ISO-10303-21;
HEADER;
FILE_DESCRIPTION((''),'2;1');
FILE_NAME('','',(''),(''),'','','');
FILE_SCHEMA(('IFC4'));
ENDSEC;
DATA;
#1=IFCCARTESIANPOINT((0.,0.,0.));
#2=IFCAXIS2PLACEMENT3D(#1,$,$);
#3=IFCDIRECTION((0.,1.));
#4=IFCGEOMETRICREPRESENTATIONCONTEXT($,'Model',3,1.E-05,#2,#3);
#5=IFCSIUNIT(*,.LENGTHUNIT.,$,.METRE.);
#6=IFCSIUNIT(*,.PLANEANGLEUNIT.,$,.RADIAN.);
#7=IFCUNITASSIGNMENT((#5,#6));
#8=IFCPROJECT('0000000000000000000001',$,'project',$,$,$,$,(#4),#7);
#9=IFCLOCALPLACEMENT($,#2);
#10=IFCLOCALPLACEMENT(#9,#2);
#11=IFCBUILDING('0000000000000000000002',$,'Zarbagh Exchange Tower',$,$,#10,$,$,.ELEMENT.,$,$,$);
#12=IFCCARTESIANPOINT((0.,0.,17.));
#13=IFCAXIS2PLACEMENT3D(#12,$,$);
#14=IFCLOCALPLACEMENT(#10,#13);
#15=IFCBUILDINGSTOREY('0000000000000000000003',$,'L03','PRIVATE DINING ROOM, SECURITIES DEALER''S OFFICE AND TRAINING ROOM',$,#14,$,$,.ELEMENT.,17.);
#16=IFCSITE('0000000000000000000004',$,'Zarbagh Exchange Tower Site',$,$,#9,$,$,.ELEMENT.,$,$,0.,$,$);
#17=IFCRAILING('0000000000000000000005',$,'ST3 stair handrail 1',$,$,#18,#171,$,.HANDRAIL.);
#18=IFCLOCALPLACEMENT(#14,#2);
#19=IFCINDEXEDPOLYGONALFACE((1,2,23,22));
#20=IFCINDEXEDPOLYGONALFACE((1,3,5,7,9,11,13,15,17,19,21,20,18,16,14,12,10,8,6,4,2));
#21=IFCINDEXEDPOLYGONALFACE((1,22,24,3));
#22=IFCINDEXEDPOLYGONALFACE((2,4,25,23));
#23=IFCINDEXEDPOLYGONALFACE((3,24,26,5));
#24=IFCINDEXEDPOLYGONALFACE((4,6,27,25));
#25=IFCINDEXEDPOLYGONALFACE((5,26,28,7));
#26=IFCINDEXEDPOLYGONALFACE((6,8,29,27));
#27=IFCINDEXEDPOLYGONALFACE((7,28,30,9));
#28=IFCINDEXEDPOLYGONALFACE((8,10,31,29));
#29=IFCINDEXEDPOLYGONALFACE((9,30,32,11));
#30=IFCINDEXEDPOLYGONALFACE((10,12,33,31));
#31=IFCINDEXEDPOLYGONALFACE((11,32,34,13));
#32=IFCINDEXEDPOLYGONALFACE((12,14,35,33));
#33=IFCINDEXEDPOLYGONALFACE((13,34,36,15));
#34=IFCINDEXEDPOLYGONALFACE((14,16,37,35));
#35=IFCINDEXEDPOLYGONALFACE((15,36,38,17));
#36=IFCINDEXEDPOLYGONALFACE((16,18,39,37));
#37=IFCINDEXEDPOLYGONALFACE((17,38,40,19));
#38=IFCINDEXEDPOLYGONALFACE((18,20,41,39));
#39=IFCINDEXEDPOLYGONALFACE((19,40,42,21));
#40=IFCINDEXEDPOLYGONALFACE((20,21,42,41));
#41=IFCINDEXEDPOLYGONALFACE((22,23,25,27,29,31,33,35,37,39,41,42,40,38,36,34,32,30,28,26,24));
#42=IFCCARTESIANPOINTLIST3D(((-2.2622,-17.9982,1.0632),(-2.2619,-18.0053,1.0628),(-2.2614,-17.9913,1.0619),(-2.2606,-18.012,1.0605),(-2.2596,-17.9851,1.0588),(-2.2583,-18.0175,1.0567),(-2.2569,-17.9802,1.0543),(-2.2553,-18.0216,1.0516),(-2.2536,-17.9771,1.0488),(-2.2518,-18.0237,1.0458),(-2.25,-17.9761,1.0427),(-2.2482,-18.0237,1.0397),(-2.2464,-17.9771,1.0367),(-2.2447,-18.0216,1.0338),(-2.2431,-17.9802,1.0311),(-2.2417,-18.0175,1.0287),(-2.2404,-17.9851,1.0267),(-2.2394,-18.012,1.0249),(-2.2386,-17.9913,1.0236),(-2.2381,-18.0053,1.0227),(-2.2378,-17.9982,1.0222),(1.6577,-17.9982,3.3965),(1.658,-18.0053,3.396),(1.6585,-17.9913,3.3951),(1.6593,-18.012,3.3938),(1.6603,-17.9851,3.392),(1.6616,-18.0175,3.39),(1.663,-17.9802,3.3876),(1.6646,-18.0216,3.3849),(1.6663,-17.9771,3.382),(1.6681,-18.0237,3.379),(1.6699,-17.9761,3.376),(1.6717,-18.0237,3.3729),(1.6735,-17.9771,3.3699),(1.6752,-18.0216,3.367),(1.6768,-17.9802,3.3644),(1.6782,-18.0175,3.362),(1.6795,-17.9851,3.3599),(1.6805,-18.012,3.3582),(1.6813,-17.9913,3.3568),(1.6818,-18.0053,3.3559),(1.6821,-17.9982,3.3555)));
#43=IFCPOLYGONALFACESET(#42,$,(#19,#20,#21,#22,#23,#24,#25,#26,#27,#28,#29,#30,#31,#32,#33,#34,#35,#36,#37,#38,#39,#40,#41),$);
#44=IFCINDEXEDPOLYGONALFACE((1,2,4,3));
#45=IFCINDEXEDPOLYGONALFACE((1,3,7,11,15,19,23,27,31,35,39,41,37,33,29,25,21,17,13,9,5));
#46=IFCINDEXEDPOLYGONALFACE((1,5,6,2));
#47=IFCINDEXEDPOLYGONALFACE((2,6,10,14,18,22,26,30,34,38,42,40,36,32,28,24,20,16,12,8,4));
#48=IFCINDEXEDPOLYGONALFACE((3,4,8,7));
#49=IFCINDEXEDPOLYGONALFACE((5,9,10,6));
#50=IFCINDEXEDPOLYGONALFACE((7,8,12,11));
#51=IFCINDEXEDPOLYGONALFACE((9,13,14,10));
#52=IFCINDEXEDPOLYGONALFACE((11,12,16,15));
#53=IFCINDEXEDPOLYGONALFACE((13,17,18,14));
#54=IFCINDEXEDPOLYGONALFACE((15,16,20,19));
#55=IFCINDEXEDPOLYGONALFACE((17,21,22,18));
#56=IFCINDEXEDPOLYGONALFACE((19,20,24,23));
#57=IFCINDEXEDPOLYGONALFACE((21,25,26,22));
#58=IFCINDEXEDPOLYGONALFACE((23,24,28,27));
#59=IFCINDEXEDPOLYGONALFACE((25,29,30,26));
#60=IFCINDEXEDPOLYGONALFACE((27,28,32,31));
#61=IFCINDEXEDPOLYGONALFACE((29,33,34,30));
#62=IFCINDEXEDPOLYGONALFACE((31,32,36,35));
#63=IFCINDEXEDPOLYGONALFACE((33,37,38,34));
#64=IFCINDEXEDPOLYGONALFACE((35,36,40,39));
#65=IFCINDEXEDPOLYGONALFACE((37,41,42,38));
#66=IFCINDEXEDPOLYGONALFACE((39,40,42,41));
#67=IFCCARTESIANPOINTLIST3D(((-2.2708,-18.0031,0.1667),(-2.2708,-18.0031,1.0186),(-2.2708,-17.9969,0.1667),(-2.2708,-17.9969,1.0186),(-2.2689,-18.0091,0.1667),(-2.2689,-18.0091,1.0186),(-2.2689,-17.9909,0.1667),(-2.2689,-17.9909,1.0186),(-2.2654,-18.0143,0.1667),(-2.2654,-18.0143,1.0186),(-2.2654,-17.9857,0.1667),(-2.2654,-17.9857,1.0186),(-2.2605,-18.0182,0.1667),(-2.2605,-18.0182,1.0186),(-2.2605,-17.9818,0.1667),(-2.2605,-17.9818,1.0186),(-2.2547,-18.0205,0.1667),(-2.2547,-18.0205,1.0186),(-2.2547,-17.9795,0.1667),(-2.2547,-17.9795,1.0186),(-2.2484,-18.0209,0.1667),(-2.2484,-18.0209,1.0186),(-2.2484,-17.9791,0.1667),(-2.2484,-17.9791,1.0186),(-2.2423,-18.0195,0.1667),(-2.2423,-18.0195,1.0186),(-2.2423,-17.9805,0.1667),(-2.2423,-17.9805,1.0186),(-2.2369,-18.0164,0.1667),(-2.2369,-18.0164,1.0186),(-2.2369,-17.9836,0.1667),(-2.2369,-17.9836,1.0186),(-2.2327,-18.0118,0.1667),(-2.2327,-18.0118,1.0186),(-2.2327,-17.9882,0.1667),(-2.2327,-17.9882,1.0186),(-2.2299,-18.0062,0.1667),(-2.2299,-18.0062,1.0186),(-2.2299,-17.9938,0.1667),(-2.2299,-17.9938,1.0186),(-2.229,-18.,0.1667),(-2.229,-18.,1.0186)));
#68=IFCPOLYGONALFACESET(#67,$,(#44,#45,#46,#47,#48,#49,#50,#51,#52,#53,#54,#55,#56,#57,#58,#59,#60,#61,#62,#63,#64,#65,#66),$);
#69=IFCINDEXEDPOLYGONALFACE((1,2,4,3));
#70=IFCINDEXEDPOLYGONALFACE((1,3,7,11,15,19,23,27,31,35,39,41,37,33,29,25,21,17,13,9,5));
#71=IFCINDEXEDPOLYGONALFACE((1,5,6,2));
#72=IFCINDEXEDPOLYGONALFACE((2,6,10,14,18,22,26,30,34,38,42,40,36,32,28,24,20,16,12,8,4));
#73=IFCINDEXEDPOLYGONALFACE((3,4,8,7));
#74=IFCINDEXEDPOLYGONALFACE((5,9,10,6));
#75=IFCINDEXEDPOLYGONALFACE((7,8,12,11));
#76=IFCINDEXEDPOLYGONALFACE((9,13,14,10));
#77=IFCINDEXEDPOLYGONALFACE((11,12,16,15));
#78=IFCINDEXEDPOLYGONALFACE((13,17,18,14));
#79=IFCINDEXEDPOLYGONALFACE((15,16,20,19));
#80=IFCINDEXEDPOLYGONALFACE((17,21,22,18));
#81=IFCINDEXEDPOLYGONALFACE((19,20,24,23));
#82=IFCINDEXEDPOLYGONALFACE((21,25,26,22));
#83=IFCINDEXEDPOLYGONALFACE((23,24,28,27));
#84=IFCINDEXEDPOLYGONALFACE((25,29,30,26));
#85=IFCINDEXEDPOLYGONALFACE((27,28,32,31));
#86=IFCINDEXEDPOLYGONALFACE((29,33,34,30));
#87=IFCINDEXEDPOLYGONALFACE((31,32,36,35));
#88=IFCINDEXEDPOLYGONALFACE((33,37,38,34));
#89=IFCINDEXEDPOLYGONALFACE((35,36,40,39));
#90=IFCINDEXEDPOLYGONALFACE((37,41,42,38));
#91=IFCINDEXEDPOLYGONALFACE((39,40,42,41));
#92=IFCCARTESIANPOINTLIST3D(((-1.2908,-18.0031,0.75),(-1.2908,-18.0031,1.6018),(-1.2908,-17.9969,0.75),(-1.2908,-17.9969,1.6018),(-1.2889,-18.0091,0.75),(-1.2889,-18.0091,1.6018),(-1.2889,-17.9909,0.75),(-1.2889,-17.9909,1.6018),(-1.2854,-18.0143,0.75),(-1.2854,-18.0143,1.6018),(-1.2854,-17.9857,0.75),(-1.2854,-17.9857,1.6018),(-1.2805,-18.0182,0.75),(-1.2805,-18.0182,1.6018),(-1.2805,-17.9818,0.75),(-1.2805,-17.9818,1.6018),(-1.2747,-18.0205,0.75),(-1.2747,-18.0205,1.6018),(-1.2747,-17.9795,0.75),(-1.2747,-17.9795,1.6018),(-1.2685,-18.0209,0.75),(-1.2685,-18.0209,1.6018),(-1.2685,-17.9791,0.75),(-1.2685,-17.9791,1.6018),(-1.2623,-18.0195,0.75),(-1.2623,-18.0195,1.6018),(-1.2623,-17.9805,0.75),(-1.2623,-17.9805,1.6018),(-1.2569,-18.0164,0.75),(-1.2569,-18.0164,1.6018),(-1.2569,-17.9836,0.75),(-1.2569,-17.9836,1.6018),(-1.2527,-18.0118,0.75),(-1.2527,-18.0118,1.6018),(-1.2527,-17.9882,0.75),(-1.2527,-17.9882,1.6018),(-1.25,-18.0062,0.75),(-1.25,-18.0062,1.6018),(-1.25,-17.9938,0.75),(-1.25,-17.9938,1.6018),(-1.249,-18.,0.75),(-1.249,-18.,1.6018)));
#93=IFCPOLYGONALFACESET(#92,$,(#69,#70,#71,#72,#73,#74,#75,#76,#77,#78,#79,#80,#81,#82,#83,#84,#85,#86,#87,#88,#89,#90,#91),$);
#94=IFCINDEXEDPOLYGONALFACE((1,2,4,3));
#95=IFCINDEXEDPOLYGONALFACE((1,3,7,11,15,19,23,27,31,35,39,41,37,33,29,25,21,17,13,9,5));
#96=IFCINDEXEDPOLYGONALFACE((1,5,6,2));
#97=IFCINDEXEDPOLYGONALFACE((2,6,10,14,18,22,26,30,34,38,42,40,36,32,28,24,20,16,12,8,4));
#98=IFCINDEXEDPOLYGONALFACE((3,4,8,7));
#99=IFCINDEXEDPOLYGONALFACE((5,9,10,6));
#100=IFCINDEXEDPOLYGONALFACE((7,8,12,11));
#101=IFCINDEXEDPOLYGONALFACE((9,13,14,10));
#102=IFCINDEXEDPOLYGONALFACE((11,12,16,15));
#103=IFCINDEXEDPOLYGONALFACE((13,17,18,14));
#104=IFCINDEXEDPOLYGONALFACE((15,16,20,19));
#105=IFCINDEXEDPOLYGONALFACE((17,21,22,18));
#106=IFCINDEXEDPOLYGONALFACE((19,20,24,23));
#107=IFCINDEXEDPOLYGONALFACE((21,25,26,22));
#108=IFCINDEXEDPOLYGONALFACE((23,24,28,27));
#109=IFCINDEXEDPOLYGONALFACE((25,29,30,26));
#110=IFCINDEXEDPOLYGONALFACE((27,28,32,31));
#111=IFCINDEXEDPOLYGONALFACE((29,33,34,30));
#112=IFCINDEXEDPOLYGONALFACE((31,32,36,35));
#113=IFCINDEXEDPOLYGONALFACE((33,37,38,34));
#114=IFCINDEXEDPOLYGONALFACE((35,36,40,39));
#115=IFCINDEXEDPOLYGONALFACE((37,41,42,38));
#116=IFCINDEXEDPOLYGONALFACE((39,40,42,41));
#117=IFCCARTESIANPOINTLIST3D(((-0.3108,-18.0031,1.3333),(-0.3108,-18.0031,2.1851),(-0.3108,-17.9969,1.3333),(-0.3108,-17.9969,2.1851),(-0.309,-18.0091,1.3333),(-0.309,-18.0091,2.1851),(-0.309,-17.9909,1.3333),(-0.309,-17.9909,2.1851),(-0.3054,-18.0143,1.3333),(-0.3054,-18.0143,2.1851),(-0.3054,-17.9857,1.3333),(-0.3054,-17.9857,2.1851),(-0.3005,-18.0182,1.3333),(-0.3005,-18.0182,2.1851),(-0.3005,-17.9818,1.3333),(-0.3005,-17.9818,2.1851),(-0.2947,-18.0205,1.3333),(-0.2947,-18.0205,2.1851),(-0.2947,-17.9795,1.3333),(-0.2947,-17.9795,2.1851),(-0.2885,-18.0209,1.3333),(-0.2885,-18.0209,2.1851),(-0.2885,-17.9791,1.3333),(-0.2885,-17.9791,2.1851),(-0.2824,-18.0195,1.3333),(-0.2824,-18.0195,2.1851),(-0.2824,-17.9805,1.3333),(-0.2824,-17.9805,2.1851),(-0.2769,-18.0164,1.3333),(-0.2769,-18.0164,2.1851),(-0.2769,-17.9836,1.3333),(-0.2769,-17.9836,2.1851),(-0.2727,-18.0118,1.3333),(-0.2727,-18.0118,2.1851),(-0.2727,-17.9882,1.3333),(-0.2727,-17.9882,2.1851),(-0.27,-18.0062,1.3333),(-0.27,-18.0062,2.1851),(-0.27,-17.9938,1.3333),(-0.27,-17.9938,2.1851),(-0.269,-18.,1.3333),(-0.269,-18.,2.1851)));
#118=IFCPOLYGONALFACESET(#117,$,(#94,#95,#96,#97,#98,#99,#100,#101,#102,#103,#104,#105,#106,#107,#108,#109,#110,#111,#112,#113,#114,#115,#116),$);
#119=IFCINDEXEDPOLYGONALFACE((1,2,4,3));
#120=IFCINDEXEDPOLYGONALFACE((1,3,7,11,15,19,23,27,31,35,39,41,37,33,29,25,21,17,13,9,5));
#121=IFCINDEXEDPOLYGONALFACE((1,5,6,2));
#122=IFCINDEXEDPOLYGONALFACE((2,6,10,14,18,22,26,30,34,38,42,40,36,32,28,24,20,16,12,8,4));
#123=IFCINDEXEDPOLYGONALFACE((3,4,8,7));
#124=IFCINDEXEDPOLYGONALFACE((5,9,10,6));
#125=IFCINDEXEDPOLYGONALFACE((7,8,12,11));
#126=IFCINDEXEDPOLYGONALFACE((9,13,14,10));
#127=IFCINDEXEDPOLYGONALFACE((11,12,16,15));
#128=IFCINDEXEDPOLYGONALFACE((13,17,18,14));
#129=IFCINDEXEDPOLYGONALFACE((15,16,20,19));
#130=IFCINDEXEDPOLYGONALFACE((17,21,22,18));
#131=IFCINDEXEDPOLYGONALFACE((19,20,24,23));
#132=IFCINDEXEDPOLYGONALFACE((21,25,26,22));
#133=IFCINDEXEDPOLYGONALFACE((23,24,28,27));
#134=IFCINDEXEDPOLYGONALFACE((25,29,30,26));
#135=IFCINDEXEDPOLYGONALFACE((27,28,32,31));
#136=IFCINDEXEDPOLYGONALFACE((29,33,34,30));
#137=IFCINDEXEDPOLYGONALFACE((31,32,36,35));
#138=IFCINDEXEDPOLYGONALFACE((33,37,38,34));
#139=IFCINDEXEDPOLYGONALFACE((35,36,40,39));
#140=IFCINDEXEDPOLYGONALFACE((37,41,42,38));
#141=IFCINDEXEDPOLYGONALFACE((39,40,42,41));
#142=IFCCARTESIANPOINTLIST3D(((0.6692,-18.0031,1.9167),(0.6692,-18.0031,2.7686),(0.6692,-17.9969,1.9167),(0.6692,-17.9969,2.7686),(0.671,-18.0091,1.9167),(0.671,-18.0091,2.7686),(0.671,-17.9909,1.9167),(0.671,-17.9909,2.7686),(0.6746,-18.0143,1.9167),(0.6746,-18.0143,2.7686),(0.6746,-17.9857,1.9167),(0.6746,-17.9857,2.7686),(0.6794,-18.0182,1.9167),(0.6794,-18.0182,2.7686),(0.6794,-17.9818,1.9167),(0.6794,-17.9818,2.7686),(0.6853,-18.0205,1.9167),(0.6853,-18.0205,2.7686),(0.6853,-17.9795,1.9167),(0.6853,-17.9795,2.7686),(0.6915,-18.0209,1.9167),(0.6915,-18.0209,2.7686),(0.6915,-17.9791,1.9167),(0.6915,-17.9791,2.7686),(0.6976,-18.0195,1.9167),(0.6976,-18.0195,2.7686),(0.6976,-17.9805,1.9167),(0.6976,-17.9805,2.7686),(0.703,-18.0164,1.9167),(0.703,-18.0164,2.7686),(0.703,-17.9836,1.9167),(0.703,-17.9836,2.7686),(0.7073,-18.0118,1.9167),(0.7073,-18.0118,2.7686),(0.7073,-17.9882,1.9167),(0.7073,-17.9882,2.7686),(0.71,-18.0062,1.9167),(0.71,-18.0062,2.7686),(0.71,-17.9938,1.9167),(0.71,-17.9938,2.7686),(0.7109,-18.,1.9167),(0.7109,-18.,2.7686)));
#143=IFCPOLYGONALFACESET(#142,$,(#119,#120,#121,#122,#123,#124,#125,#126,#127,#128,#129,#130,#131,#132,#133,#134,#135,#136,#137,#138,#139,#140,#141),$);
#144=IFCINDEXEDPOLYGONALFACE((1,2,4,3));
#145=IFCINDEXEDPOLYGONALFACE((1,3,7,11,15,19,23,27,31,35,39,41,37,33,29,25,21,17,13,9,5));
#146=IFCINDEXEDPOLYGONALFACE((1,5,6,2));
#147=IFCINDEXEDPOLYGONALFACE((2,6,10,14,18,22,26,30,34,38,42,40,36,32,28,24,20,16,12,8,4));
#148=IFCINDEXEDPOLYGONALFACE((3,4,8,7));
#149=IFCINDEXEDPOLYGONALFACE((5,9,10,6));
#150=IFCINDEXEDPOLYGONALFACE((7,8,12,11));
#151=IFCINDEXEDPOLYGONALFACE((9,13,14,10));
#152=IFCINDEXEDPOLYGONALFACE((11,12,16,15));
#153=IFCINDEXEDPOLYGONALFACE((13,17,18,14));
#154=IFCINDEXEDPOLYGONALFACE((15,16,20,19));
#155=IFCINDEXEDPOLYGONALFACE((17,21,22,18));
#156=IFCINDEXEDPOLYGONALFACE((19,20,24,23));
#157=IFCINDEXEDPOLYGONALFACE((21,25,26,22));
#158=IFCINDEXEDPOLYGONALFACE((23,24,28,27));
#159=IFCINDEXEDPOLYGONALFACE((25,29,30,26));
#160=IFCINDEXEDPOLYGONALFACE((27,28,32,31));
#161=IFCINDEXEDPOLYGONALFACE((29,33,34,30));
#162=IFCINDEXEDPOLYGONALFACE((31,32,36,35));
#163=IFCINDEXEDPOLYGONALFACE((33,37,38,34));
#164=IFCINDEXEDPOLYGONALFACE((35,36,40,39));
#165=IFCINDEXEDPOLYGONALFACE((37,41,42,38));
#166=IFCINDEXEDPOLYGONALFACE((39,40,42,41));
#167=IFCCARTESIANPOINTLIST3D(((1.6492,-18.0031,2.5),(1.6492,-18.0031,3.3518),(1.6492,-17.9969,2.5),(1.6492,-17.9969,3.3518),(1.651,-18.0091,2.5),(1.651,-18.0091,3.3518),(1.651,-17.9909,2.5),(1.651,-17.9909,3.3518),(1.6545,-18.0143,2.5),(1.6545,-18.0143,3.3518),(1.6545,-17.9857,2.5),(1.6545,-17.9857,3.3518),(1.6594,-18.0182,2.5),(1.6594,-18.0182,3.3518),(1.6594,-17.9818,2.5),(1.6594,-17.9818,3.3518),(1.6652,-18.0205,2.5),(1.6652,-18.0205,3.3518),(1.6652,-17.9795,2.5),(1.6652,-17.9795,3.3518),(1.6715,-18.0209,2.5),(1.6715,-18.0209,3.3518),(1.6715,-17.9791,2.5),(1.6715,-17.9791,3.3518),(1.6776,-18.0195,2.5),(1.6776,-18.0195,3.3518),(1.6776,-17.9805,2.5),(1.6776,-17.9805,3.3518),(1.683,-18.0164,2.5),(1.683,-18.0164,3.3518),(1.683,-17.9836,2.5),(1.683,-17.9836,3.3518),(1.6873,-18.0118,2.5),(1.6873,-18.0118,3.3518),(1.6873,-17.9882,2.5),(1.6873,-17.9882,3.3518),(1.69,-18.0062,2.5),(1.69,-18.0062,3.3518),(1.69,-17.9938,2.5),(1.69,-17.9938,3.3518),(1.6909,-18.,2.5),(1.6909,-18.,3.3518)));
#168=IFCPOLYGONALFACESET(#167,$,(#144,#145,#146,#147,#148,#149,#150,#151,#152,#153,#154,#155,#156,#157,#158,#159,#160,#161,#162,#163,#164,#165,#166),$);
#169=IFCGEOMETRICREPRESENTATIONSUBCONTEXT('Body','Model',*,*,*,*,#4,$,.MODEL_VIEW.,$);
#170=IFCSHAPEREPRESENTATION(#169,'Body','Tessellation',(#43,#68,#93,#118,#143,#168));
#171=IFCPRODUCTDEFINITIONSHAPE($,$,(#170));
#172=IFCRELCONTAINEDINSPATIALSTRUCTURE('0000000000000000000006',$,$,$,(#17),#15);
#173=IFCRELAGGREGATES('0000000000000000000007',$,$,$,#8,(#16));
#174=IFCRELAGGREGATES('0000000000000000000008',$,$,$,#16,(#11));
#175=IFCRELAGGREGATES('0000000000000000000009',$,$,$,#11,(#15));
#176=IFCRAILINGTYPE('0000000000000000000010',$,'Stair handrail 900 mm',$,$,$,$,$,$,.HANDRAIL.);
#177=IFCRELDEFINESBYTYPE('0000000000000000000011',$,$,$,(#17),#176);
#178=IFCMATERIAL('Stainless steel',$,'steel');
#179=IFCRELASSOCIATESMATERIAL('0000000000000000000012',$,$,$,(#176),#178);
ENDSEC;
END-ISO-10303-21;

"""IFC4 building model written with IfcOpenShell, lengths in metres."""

from ifc_helpers import new_model, si_unit, direction, frame, origin, origin_2d, place, context, subcontext, project, spatial, circle, extrude, material, type_object, element, save


model = new_model("IFC4")

# Units and contexts
model_context = context("Model", 3, precision=1e-05, world=origin(), true_north=direction((0.0, 1.0)))
body_context = subcontext(model_context, "Body", "Model", "MODEL_VIEW")
ifc_project = project(units=[si_unit("LENGTHUNIT", "METRE"), si_unit("PLANEANGLEUNIT", "RADIAN")], contexts=[model_context])

# Site, building, storey
site_placement = place(None, origin())
site = spatial("IfcSite", under=ifc_project, at=site_placement, Name="Zarbagh Exchange Tower Site", CompositionType="ELEMENT", RefElevation=0.0)
building_placement = place(site_placement, origin())
building = spatial("IfcBuilding", under=site, at=building_placement, Name="Zarbagh Exchange Tower", CompositionType="ELEMENT")
storey_placement = place(building_placement, frame((0.0, 0.0, 17.0)))
storey = spatial("IfcBuildingStorey", under=building, at=storey_placement, Name="L03", Description="PRIVATE DINING ROOM, SECURITIES DEALER'S OFFICE AND TRAINING ROOM", CompositionType="ELEMENT", Elevation=17.0)

# Railing
ifc_material_1 = material(Name="Stainless steel", Category="steel")
railing_type_1 = type_object("IfcRailingType", Name="Stair handrail 900 mm", PredefinedType="HANDRAIL", material=ifc_material_1)
for number, where, name in (
    (1, (-2.25, -18.0, 0.1667), "ST3 stair handrail 1"),
):
    element("IfcRailing", number, at=place(storey_placement, frame(where)), inside=storey, type_object=railing_type_1, Name=name, PredefinedType="HANDRAIL", context=body_context, shape_type="SweptSolid", body=[
        extrude(circle(Radius=0.0239, at=origin_2d()), frame((0.0, 0.0, 0.876), z_axis=(0.859296, 0.0, 0.511478), x_axis=(0.0, 1.0, 0.0)), (0.0, 0.0, 1.0), 4.5618),
        extrude(circle(Radius=0.021, at=origin_2d()), origin(), (0.0, 0.0, 1.0), 0.8518),
        extrude(circle(Radius=0.021, at=origin_2d()), frame((0.98, 0.0, 0.5833)), (0.0, 0.0, 1.0), 0.8518),
        extrude(circle(Radius=0.021, at=origin_2d()), frame((1.96, 0.0, 1.1665)), (0.0, 0.0, 1.0), 0.8518),
        extrude(circle(Radius=0.021, at=origin_2d()), frame((2.9399, 0.0, 1.75)), (0.0, 0.0, 1.0), 0.8518),
        extrude(circle(Radius=0.021, at=origin_2d()), frame((3.9199, 0.0, 2.3333)), (0.0, 0.0, 1.0), 0.8518),
    ])

save(model, "model.ifc")
